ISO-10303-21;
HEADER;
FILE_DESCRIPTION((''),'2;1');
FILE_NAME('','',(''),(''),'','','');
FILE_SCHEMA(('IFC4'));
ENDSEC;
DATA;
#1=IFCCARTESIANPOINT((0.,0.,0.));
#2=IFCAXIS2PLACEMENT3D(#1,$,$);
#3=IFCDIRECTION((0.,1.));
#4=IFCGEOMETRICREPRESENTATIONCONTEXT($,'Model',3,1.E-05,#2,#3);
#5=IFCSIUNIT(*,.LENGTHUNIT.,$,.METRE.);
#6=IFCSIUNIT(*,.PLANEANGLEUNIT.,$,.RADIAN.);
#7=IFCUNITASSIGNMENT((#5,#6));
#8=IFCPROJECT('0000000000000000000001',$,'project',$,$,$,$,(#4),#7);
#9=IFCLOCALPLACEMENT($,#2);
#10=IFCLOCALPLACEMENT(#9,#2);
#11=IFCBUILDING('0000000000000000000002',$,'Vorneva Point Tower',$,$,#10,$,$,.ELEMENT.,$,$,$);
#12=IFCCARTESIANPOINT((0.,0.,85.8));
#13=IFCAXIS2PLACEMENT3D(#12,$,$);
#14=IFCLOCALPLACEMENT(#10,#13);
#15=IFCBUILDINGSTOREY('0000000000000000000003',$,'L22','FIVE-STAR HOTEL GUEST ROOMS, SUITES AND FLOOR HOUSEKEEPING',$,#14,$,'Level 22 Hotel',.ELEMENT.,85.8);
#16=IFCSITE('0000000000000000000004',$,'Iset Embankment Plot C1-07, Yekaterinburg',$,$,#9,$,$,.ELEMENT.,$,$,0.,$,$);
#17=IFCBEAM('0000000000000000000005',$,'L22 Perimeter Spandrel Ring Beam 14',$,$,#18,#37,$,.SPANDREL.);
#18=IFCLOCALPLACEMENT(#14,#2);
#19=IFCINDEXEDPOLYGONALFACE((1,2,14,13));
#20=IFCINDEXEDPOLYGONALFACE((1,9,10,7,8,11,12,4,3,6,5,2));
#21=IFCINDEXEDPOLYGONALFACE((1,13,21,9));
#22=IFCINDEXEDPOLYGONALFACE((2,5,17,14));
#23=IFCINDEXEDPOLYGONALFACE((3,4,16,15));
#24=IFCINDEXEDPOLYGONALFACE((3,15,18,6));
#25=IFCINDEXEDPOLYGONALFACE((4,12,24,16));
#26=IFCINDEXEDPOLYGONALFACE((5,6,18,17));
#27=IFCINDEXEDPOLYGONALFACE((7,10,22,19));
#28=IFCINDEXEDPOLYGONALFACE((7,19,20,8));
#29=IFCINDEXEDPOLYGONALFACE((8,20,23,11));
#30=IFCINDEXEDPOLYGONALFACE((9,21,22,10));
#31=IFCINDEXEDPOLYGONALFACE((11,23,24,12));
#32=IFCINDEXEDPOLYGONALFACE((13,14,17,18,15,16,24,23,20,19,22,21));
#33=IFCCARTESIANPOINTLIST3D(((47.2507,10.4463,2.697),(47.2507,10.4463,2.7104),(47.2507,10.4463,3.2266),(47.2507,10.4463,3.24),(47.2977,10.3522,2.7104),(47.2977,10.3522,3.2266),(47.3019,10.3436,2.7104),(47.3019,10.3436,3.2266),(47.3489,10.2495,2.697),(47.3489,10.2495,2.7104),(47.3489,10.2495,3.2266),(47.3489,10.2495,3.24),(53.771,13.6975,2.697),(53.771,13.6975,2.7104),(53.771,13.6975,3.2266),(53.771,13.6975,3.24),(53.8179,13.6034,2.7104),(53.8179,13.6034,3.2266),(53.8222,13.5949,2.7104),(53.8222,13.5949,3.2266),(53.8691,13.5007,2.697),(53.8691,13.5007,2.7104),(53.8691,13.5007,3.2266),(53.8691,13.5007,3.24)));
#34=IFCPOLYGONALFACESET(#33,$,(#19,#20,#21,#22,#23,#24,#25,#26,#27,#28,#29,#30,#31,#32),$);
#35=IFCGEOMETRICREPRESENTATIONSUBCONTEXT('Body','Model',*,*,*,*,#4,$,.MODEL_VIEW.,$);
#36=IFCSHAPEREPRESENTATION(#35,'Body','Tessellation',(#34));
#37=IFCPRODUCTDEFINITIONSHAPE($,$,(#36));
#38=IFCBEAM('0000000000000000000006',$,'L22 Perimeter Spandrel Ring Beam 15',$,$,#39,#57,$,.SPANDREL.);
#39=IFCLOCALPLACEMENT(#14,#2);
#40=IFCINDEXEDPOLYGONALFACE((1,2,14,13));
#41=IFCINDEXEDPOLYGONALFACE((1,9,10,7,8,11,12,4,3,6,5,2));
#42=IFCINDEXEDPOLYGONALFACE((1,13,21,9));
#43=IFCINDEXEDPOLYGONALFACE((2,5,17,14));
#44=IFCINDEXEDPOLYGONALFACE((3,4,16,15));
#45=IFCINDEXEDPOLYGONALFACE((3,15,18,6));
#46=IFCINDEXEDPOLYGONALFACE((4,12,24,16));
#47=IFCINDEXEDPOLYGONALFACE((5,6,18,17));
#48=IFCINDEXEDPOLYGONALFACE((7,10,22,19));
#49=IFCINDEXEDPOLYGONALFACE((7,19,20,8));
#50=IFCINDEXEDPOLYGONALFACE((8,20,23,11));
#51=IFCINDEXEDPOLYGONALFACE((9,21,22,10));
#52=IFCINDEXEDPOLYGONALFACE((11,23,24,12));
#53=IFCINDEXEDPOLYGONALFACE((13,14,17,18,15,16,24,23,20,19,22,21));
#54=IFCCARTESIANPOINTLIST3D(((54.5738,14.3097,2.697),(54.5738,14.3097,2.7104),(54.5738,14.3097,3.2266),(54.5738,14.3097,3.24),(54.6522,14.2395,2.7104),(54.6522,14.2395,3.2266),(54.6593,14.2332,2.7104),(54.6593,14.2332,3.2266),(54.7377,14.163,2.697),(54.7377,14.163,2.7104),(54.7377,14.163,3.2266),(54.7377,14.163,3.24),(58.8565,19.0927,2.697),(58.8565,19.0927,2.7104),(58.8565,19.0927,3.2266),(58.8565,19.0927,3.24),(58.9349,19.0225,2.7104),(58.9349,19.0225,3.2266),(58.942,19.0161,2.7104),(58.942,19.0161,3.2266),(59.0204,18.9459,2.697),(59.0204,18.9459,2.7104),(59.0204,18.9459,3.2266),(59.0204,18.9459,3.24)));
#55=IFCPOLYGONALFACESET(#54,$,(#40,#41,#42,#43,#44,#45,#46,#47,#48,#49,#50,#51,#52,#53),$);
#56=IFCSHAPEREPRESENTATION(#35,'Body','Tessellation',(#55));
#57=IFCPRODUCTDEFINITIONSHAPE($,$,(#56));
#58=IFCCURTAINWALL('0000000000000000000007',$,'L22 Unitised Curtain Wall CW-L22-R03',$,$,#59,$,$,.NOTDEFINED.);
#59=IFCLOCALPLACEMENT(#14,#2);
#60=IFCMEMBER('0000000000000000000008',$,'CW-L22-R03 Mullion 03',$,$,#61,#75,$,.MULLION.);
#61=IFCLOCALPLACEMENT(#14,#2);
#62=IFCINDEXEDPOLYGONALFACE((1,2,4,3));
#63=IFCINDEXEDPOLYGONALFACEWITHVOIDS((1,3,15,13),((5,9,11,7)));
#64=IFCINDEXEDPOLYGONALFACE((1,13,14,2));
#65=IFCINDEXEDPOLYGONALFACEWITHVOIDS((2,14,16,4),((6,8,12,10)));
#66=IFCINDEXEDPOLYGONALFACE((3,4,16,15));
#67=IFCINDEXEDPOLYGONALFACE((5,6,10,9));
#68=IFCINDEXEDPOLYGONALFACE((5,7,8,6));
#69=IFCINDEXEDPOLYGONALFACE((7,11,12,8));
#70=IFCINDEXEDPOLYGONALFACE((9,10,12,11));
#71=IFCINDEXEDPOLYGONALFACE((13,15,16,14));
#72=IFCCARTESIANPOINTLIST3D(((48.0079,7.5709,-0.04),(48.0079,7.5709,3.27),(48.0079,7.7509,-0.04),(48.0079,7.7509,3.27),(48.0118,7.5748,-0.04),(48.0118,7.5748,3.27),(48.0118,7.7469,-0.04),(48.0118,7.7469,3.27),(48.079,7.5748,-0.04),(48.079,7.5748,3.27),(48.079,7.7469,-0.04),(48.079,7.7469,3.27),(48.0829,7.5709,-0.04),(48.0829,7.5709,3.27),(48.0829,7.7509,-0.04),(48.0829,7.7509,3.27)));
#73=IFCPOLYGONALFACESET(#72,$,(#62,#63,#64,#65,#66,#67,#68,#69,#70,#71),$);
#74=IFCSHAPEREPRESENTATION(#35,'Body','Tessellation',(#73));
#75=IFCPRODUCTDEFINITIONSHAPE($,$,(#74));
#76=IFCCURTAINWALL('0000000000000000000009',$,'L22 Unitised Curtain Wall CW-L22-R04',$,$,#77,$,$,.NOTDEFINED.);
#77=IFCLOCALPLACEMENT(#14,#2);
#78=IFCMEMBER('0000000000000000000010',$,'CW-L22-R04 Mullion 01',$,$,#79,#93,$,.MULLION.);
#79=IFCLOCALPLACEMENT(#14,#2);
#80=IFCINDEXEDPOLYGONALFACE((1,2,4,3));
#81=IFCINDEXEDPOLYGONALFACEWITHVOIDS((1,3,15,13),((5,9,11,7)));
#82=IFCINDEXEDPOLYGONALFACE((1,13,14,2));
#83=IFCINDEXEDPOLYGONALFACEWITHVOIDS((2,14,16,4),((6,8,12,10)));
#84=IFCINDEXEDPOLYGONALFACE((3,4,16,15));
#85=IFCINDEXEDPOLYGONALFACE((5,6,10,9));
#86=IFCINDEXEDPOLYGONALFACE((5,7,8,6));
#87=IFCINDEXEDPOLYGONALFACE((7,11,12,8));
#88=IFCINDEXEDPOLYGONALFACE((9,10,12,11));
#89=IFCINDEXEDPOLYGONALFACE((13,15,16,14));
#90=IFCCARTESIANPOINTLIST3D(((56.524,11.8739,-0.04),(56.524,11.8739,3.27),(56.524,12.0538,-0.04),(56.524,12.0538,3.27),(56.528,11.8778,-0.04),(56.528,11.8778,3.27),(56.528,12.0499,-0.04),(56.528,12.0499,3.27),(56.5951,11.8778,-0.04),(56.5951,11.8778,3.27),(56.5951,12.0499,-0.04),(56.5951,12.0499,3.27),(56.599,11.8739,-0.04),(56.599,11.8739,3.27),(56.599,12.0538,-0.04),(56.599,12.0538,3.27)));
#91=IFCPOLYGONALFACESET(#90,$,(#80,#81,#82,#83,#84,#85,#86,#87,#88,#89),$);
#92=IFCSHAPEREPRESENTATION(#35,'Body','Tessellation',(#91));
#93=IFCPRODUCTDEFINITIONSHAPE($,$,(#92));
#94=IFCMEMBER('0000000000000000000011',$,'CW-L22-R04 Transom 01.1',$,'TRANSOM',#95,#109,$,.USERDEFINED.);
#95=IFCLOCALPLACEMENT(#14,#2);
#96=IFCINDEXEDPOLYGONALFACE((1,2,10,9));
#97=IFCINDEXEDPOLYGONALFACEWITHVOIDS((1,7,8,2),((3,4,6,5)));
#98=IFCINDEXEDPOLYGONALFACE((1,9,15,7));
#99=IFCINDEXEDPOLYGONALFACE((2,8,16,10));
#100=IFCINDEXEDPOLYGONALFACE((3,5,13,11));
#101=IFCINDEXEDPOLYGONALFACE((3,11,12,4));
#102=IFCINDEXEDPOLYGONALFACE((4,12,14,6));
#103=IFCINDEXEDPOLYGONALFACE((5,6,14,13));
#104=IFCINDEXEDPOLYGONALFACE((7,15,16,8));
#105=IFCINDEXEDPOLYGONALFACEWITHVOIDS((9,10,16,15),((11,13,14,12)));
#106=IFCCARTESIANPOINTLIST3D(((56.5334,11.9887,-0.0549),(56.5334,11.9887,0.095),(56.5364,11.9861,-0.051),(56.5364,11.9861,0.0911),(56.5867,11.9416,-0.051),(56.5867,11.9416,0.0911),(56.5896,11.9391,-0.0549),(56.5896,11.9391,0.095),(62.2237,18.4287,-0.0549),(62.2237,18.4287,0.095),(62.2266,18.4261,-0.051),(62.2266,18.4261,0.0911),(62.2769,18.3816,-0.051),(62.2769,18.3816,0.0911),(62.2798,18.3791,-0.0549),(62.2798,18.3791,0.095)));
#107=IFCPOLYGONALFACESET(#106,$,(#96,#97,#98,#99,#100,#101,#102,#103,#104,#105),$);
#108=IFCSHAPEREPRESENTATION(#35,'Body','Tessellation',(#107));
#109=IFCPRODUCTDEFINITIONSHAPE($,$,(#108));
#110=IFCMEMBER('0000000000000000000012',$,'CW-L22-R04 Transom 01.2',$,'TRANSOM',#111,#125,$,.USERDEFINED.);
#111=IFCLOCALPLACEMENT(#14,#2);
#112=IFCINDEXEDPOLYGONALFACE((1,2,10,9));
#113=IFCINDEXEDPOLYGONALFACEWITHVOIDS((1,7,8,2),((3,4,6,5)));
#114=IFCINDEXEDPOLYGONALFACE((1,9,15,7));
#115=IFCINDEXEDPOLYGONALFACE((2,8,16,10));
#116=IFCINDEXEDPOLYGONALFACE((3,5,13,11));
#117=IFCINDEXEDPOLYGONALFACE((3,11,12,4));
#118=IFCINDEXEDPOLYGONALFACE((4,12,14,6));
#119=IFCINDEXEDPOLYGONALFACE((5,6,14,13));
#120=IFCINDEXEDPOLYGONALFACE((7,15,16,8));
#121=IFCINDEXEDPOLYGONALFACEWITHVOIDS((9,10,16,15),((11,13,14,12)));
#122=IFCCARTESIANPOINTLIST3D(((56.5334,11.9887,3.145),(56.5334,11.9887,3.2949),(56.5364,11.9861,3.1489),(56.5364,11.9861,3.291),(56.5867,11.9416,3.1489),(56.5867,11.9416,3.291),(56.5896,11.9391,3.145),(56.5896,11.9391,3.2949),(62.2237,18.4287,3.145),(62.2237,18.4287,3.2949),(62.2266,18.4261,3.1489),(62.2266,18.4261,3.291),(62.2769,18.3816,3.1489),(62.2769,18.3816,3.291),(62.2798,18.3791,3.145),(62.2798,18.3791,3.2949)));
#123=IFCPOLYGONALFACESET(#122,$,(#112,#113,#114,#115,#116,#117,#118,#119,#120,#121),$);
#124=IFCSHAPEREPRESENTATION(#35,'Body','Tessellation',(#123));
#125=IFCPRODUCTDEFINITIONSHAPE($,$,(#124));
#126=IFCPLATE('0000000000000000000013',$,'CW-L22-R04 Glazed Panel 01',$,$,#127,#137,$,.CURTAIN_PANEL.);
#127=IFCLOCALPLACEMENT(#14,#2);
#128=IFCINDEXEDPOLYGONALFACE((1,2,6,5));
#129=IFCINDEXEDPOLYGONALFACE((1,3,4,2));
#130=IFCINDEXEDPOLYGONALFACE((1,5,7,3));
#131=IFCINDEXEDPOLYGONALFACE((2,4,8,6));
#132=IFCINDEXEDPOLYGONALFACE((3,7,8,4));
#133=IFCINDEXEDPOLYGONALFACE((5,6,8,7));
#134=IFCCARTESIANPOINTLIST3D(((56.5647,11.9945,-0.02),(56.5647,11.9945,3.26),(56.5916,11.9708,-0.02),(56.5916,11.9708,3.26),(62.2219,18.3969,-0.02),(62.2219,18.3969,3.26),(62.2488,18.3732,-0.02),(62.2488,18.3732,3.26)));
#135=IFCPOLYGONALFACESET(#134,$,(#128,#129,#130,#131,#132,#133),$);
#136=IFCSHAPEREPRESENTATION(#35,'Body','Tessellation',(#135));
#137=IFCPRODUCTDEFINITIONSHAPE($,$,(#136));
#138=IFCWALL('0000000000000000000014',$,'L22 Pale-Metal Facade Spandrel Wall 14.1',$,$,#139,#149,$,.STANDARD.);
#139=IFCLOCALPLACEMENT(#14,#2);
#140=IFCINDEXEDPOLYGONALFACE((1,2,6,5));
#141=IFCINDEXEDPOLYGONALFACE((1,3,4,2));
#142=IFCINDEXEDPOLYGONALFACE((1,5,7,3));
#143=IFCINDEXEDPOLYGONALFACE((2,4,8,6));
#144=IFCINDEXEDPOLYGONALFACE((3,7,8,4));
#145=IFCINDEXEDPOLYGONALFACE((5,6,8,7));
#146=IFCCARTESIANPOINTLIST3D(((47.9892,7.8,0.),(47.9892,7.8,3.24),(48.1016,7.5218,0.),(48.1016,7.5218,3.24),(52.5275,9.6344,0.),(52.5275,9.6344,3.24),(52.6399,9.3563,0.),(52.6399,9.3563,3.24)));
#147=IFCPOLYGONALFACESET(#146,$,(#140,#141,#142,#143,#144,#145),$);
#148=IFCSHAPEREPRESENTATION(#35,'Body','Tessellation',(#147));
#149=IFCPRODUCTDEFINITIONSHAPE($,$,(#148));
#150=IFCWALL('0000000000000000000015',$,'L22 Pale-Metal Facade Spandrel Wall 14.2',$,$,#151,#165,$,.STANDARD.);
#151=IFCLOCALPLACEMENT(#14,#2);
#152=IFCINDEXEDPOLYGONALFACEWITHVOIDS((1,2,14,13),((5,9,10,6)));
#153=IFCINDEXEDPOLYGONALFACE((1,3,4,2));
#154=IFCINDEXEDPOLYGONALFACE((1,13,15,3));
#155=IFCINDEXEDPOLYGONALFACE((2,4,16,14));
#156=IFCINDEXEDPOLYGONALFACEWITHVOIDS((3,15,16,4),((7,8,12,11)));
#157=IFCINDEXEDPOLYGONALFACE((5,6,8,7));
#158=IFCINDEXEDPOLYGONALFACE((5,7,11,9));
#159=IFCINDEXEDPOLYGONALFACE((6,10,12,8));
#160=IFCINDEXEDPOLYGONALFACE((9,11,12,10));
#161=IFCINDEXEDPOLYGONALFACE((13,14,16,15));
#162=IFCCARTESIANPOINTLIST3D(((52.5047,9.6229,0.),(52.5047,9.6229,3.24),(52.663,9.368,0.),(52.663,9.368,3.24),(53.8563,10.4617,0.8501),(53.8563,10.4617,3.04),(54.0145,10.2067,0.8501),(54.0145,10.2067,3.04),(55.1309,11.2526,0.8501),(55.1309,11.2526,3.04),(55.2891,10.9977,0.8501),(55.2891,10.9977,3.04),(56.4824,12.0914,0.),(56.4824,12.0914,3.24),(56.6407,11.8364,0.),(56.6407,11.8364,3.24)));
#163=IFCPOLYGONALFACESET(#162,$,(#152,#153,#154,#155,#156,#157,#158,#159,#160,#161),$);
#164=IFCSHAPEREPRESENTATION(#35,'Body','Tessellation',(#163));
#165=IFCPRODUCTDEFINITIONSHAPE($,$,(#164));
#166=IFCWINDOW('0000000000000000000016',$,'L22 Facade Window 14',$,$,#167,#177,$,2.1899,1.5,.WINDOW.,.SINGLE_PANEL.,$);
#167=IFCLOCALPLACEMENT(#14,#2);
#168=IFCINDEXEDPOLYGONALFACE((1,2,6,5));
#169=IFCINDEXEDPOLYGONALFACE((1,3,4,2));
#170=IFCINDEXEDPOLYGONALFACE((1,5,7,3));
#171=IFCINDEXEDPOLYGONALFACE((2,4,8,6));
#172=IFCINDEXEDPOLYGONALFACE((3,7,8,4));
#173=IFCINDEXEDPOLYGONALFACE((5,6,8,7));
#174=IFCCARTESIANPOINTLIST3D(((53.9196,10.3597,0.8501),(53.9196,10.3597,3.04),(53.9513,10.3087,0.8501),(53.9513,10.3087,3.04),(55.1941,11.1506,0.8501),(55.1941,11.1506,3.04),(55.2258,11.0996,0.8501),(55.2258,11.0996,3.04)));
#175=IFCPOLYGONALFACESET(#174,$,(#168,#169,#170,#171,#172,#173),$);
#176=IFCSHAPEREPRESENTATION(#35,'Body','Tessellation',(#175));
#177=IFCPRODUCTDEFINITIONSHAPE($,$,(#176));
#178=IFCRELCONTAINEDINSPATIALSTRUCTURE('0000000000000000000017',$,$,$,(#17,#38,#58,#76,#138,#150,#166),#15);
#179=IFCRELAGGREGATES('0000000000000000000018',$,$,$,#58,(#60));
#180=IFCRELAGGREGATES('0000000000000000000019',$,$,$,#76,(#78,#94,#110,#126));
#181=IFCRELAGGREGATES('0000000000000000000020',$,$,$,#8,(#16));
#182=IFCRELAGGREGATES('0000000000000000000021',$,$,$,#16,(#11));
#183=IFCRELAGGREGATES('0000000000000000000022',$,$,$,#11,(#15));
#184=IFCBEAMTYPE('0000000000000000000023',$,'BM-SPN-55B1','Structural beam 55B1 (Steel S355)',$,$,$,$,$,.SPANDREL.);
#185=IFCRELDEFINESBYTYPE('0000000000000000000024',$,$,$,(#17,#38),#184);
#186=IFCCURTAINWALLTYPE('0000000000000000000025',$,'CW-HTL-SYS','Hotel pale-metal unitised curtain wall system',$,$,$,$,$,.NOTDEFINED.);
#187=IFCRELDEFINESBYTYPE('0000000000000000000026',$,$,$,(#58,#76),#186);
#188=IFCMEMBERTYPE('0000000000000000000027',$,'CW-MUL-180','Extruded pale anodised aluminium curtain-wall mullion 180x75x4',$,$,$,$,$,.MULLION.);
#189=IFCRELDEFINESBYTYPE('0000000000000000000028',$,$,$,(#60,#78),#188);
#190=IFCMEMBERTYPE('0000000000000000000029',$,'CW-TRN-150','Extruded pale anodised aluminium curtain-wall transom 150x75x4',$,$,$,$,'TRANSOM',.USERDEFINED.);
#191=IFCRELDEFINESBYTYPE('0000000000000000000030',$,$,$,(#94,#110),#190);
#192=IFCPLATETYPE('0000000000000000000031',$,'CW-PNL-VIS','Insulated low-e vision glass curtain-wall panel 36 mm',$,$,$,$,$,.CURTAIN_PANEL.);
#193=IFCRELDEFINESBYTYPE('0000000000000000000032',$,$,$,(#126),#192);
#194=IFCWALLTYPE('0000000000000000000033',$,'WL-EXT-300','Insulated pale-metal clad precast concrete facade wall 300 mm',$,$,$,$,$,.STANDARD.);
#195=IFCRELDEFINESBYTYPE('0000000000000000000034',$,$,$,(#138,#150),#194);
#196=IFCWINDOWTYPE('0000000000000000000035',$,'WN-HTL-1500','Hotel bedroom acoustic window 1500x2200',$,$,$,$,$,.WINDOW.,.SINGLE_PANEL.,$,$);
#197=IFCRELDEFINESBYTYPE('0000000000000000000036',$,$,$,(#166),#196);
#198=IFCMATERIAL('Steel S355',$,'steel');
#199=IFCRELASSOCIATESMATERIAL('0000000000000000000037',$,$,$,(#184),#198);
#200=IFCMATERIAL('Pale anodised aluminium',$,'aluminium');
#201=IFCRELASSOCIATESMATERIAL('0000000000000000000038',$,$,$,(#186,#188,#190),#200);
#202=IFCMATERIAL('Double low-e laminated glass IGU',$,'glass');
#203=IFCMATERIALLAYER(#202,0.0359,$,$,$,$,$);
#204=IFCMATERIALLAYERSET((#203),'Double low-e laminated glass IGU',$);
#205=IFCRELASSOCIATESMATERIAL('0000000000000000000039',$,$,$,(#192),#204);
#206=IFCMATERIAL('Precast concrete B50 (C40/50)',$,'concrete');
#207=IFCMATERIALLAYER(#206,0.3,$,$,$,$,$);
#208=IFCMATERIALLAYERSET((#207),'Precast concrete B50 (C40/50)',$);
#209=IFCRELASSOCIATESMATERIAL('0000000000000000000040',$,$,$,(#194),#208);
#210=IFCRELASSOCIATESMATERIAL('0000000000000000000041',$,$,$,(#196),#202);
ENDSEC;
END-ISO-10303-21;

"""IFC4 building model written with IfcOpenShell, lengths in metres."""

from ifc_helpers import new_model, si_unit, direction, frame, frame_2d, origin, origin_2d, place, context, subcontext, project, spatial, rectangle, hollow_rectangle, i_section, extrude, material, layer, layer_set, material_profile, profile_set, type_object, element, fill, aggregate, save


model = new_model("IFC4")

# Units and contexts
model_context = context("Model", 3, precision=1e-05, world=origin(), true_north=direction((0.0, 1.0)))
body_context = subcontext(model_context, "Body", "Model", "MODEL_VIEW")
ifc_project = project(units=[si_unit("LENGTHUNIT", "METRE"), si_unit("PLANEANGLEUNIT", "RADIAN")], contexts=[model_context])

# Site, building, storey
site_placement = place(None, origin())
site = spatial("IfcSite", under=ifc_project, at=site_placement, Name="Iset Embankment Plot C1-07, Yekaterinburg", CompositionType="ELEMENT", RefElevation=0.0)
building_placement = place(site_placement, origin())
building = spatial("IfcBuilding", under=site, at=building_placement, Name="Vorneva Point Tower", CompositionType="ELEMENT")
storey_placement = place(building_placement, frame((0.0, 0.0, 85.8)))
storey = spatial("IfcBuildingStorey", under=building, at=storey_placement, Name="L22", Description="FIVE-STAR HOTEL GUEST ROOMS, SUITES AND FLOOR HOUSEKEEPING", LongName="Level 22 Hotel", CompositionType="ELEMENT", Elevation=85.8)

# Beams
ifc_material_1 = material(Name="Steel S355", Category="steel")
ifc_material_profile_1 = material_profile(ifc_material_1, i_section(OverallWidth=0.22, OverallDepth=0.543, WebThickness=0.0095, FlangeThickness=0.0134, at=origin_2d()), Name="55B1")
ifc_profile_set_1 = profile_set([ifc_material_profile_1], Name="Steel S355")
beam_type_1 = type_object("IfcBeamType", Name="BM-SPN-55B1", Description="Structural beam 55B1 (Steel S355)", PredefinedType="SPANDREL", material=ifc_profile_set_1)
beam_1_placement = place(storey_placement, frame((47.2998, 10.3479, 2.9685), z_axis=(0.894916, 0.446235, 0.0), x_axis=(-0.446235, 0.894916, 0.0)))
element("IfcBeam", 1, at=beam_1_placement, inside=storey, type_object=beam_type_1, Name="L22 Perimeter Spandrel Ring Beam 14", PredefinedType="SPANDREL", context=body_context, shape_type="SweptSolid", body=[
    extrude(i_section(OverallWidth=0.22, OverallDepth=0.543, WebThickness=0.0095, FlangeThickness=0.0134, at=origin_2d()), origin(), (0.0, 0.0, 1.0), 7.2859),
])
beam_2_placement = place(storey_placement, frame((54.6558, 14.2363, 2.9685), z_axis=(0.667074, 0.744992, 0.0), x_axis=(-0.744992, 0.667074, 0.0)))
element("IfcBeam", 2, at=beam_2_placement, inside=storey, type_object=beam_type_1, Name="L22 Perimeter Spandrel Ring Beam 15", PredefinedType="SPANDREL", context=body_context, shape_type="SweptSolid", body=[
    extrude(i_section(OverallWidth=0.22, OverallDepth=0.543, WebThickness=0.0095, FlangeThickness=0.0134, at=origin_2d()), origin(), (0.0, 0.0, 1.0), 6.4202),
])

# Curtain wall, member
ifc_material_2 = material(Name="Pale anodised aluminium", Category="aluminium")
curtain_wall_type = type_object("IfcCurtainWallType", Name="CW-HTL-SYS", Description="Hotel pale-metal unitised curtain wall system", PredefinedType="NOTDEFINED", material=ifc_material_2)
curtain_wall_1_placement = place(storey_placement, origin())
curtain_wall_1 = element("IfcCurtainWall", 3, at=curtain_wall_1_placement, inside=storey, type_object=curtain_wall_type, Name="L22 Unitised Curtain Wall CW-L22-R03", PredefinedType="NOTDEFINED")
ifc_material_profile_2 = material_profile(ifc_material_2, hollow_rectangle(XDim=0.075, YDim=0.1799, WallThickness=0.0039, at=origin_2d()), Name="AL-MUL 180x75x4")
ifc_profile_set_2 = profile_set([ifc_material_profile_2], Name="Pale anodised aluminium")
member_type_1 = type_object("IfcMemberType", Name="CW-MUL-180", Description="Extruded pale anodised aluminium curtain-wall mullion 180x75x4", PredefinedType="MULLION", material=ifc_profile_set_2)
member_1_placement = place(storey_placement, frame((48.0454, 7.6609, -0.04), z_axis=(0.0, 0.0, 1.0), x_axis=(1.0, 0.0, 0.0)))
member_1 = element("IfcMember", 4, at=member_1_placement, type_object=member_type_1, Name="CW-L22-R03 Mullion 03", PredefinedType="MULLION", context=body_context, shape_type="SweptSolid", body=[
    extrude(hollow_rectangle(XDim=0.075, YDim=0.1799, WallThickness=0.0039, at=origin_2d()), origin(), (0.0, 0.0, 1.0), 3.3101),
])
aggregate(curtain_wall_1, [member_1])

# Curtain wall, members, plate
curtain_wall_2_placement = place(storey_placement, origin())
curtain_wall_2 = element("IfcCurtainWall", 5, at=curtain_wall_2_placement, inside=storey, type_object=curtain_wall_type, Name="L22 Unitised Curtain Wall CW-L22-R04", PredefinedType="NOTDEFINED")
member_2_placement = place(storey_placement, frame((56.5615, 11.9639, -0.04), z_axis=(0.0, 0.0, 1.0), x_axis=(1.0, 0.0, 0.0)))
member_2 = element("IfcMember", 6, at=member_2_placement, type_object=member_type_1, Name="CW-L22-R04 Mullion 01", PredefinedType="MULLION", context=body_context, shape_type="SweptSolid", body=[
    extrude(hollow_rectangle(XDim=0.075, YDim=0.1799, WallThickness=0.0039, at=origin_2d()), origin(), (0.0, 0.0, 1.0), 3.3101),
])
ifc_material_profile_3 = material_profile(ifc_material_2, hollow_rectangle(XDim=0.075, YDim=0.1499, WallThickness=0.0039, at=origin_2d()), Name="AL-TRN 150x75x4")
ifc_profile_set_3 = profile_set([ifc_material_profile_3], Name="Pale anodised aluminium")
member_type_2 = type_object("IfcMemberType", Name="CW-TRN-150", Description="Extruded pale anodised aluminium curtain-wall transom 150x75x4", ElementType="TRANSOM", PredefinedType="USERDEFINED", material=ifc_profile_set_3)
member_3_placement = place(storey_placement, frame((56.5615, 11.9639, 0.02), z_axis=(0.662137, 0.749383, 0.0), x_axis=(-0.749383, 0.662137, 0.0)))
member_3 = element("IfcMember", 7, at=member_3_placement, type_object=member_type_2, Name="CW-L22-R04 Transom 01.1", ObjectType="TRANSOM", PredefinedType="USERDEFINED", context=body_context, shape_type="SweptSolid", body=[
    extrude(hollow_rectangle(XDim=0.075, YDim=0.1499, WallThickness=0.0039, at=origin_2d()), origin(), (0.0, 0.0, 1.0), 8.5938),
])
member_4_placement = place(storey_placement, frame((56.5615, 11.9639, 3.22), z_axis=(0.662137, 0.749383, 0.0), x_axis=(-0.749383, 0.662137, 0.0)))
member_4 = element("IfcMember", 8, at=member_4_placement, type_object=member_type_2, Name="CW-L22-R04 Transom 01.2", ObjectType="TRANSOM", PredefinedType="USERDEFINED", context=body_context, shape_type="SweptSolid", body=[
    extrude(hollow_rectangle(XDim=0.075, YDim=0.1499, WallThickness=0.0039, at=origin_2d()), origin(), (0.0, 0.0, 1.0), 8.5938),
])
ifc_material_3 = material(Name="Double low-e laminated glass IGU", Category="glass")
ifc_layer_1 = layer(ifc_material_3, 0.0359)
ifc_layer_set_1 = layer_set([ifc_layer_1], Name="Double low-e laminated glass IGU")
plate_type = type_object("IfcPlateType", Name="CW-PNL-VIS", Description="Insulated low-e vision glass curtain-wall panel 36 mm", PredefinedType="CURTAIN_PANEL", material=ifc_layer_set_1)
plate_placement = place(storey_placement, frame((59.4067, 15.1838, -0.02), z_axis=(0.0, 0.0, 1.0), x_axis=(0.662149, 0.749372, 0.0)))
plate = element("IfcPlate", 9, at=plate_placement, type_object=plate_type, Name="CW-L22-R04 Glazed Panel 01", PredefinedType="CURTAIN_PANEL", context=body_context, shape_type="SweptSolid", body=[
    extrude(rectangle(XDim=8.5437, YDim=0.0359, at=origin_2d()), origin(), (0.0, 0.0, 1.0), 3.28),
])
aggregate(curtain_wall_2, [member_2, member_3, member_4, plate])

# Wall
ifc_material_4 = material(Name="Precast concrete B50 (C40/50)", Category="concrete")
ifc_layer_2 = layer(ifc_material_4, 0.3)
ifc_layer_set_2 = layer_set([ifc_layer_2], Name="Precast concrete B50 (C40/50)")
wall_type_1 = type_object("IfcWallType", Name="WL-EXT-300", Description="Insulated pale-metal clad precast concrete facade wall 300 mm", PredefinedType="STANDARD", material=ifc_layer_set_2)
wall_1_placement = place(storey_placement, frame((48.0454, 7.6609, 0.0), z_axis=(0.0, 0.0, 1.0), x_axis=(0.927122, 0.374759, 0.0)))
element("IfcWall", 10, at=wall_1_placement, inside=storey, type_object=wall_type_1, Name="L22 Pale-Metal Facade Spandrel Wall 14.1", PredefinedType="STANDARD", context=body_context, shape_type="SweptSolid", body=[
    extrude(rectangle(XDim=4.895, YDim=0.3, at=frame_2d((2.4475, 0.0))), origin(), (0.0, 0.0, 1.0), 3.24),
])

# Wall, opening, window
wall_2_placement = place(storey_placement, frame((52.5837, 9.4954, 0.0), z_axis=(0.0, 0.0, 1.0), x_axis=(0.849684, 0.527291, 0.0)))
wall_2 = element("IfcWall", 11, at=wall_2_placement, inside=storey, type_object=wall_type_1, Name="L22 Pale-Metal Facade Spandrel Wall 14.2", PredefinedType="STANDARD", context=body_context, shape_type="SweptSolid", body=[
    extrude(rectangle(XDim=4.6814, YDim=0.3, at=frame_2d((2.3408, 0.0))), origin(), (0.0, 0.0, 1.0), 3.24),
])
opening_placement = place(wall_2_placement, frame((1.5908, 0.0, 0.8501)))
opening = element("IfcOpeningElement", 12, at=opening_placement, cuts=wall_2, PredefinedType="OPENING", context=body_context, shape_type="SweptSolid", body=[
    extrude(rectangle(XDim=1.5, YDim=2.1899, at=frame_2d((0.75, 1.095))), frame((0.0, 0.165, 0.0), z_axis=(0.0, -1.0, 0.0), x_axis=(1.0, 0.0, 0.0)), (0.0, 0.0, 1.0), 0.3298),
])
window_type = type_object("IfcWindowType", Name="WN-HTL-1500", Description="Hotel bedroom acoustic window 1500x2200", PartitioningType="SINGLE_PANEL", PredefinedType="WINDOW", material=ifc_material_3)
window_placement = place(opening_placement, origin())
window = element("IfcWindow", 13, at=window_placement, inside=storey, type_object=window_type, Name="L22 Facade Window 14", OverallHeight=2.1899, OverallWidth=1.5, PartitioningType="SINGLE_PANEL", PredefinedType="WINDOW", context=body_context, shape_type="SweptSolid", body=[
    extrude(rectangle(XDim=1.5, YDim=2.1899, at=frame_2d((0.75, 1.095))), frame((0.0, 0.03, 0.0), z_axis=(0.0, -1.0, 0.0), x_axis=(1.0, 0.0, 0.0)), (0.0, 0.0, 1.0), 0.0601),
])
fill(opening, window)

save(model, "model.ifc")
